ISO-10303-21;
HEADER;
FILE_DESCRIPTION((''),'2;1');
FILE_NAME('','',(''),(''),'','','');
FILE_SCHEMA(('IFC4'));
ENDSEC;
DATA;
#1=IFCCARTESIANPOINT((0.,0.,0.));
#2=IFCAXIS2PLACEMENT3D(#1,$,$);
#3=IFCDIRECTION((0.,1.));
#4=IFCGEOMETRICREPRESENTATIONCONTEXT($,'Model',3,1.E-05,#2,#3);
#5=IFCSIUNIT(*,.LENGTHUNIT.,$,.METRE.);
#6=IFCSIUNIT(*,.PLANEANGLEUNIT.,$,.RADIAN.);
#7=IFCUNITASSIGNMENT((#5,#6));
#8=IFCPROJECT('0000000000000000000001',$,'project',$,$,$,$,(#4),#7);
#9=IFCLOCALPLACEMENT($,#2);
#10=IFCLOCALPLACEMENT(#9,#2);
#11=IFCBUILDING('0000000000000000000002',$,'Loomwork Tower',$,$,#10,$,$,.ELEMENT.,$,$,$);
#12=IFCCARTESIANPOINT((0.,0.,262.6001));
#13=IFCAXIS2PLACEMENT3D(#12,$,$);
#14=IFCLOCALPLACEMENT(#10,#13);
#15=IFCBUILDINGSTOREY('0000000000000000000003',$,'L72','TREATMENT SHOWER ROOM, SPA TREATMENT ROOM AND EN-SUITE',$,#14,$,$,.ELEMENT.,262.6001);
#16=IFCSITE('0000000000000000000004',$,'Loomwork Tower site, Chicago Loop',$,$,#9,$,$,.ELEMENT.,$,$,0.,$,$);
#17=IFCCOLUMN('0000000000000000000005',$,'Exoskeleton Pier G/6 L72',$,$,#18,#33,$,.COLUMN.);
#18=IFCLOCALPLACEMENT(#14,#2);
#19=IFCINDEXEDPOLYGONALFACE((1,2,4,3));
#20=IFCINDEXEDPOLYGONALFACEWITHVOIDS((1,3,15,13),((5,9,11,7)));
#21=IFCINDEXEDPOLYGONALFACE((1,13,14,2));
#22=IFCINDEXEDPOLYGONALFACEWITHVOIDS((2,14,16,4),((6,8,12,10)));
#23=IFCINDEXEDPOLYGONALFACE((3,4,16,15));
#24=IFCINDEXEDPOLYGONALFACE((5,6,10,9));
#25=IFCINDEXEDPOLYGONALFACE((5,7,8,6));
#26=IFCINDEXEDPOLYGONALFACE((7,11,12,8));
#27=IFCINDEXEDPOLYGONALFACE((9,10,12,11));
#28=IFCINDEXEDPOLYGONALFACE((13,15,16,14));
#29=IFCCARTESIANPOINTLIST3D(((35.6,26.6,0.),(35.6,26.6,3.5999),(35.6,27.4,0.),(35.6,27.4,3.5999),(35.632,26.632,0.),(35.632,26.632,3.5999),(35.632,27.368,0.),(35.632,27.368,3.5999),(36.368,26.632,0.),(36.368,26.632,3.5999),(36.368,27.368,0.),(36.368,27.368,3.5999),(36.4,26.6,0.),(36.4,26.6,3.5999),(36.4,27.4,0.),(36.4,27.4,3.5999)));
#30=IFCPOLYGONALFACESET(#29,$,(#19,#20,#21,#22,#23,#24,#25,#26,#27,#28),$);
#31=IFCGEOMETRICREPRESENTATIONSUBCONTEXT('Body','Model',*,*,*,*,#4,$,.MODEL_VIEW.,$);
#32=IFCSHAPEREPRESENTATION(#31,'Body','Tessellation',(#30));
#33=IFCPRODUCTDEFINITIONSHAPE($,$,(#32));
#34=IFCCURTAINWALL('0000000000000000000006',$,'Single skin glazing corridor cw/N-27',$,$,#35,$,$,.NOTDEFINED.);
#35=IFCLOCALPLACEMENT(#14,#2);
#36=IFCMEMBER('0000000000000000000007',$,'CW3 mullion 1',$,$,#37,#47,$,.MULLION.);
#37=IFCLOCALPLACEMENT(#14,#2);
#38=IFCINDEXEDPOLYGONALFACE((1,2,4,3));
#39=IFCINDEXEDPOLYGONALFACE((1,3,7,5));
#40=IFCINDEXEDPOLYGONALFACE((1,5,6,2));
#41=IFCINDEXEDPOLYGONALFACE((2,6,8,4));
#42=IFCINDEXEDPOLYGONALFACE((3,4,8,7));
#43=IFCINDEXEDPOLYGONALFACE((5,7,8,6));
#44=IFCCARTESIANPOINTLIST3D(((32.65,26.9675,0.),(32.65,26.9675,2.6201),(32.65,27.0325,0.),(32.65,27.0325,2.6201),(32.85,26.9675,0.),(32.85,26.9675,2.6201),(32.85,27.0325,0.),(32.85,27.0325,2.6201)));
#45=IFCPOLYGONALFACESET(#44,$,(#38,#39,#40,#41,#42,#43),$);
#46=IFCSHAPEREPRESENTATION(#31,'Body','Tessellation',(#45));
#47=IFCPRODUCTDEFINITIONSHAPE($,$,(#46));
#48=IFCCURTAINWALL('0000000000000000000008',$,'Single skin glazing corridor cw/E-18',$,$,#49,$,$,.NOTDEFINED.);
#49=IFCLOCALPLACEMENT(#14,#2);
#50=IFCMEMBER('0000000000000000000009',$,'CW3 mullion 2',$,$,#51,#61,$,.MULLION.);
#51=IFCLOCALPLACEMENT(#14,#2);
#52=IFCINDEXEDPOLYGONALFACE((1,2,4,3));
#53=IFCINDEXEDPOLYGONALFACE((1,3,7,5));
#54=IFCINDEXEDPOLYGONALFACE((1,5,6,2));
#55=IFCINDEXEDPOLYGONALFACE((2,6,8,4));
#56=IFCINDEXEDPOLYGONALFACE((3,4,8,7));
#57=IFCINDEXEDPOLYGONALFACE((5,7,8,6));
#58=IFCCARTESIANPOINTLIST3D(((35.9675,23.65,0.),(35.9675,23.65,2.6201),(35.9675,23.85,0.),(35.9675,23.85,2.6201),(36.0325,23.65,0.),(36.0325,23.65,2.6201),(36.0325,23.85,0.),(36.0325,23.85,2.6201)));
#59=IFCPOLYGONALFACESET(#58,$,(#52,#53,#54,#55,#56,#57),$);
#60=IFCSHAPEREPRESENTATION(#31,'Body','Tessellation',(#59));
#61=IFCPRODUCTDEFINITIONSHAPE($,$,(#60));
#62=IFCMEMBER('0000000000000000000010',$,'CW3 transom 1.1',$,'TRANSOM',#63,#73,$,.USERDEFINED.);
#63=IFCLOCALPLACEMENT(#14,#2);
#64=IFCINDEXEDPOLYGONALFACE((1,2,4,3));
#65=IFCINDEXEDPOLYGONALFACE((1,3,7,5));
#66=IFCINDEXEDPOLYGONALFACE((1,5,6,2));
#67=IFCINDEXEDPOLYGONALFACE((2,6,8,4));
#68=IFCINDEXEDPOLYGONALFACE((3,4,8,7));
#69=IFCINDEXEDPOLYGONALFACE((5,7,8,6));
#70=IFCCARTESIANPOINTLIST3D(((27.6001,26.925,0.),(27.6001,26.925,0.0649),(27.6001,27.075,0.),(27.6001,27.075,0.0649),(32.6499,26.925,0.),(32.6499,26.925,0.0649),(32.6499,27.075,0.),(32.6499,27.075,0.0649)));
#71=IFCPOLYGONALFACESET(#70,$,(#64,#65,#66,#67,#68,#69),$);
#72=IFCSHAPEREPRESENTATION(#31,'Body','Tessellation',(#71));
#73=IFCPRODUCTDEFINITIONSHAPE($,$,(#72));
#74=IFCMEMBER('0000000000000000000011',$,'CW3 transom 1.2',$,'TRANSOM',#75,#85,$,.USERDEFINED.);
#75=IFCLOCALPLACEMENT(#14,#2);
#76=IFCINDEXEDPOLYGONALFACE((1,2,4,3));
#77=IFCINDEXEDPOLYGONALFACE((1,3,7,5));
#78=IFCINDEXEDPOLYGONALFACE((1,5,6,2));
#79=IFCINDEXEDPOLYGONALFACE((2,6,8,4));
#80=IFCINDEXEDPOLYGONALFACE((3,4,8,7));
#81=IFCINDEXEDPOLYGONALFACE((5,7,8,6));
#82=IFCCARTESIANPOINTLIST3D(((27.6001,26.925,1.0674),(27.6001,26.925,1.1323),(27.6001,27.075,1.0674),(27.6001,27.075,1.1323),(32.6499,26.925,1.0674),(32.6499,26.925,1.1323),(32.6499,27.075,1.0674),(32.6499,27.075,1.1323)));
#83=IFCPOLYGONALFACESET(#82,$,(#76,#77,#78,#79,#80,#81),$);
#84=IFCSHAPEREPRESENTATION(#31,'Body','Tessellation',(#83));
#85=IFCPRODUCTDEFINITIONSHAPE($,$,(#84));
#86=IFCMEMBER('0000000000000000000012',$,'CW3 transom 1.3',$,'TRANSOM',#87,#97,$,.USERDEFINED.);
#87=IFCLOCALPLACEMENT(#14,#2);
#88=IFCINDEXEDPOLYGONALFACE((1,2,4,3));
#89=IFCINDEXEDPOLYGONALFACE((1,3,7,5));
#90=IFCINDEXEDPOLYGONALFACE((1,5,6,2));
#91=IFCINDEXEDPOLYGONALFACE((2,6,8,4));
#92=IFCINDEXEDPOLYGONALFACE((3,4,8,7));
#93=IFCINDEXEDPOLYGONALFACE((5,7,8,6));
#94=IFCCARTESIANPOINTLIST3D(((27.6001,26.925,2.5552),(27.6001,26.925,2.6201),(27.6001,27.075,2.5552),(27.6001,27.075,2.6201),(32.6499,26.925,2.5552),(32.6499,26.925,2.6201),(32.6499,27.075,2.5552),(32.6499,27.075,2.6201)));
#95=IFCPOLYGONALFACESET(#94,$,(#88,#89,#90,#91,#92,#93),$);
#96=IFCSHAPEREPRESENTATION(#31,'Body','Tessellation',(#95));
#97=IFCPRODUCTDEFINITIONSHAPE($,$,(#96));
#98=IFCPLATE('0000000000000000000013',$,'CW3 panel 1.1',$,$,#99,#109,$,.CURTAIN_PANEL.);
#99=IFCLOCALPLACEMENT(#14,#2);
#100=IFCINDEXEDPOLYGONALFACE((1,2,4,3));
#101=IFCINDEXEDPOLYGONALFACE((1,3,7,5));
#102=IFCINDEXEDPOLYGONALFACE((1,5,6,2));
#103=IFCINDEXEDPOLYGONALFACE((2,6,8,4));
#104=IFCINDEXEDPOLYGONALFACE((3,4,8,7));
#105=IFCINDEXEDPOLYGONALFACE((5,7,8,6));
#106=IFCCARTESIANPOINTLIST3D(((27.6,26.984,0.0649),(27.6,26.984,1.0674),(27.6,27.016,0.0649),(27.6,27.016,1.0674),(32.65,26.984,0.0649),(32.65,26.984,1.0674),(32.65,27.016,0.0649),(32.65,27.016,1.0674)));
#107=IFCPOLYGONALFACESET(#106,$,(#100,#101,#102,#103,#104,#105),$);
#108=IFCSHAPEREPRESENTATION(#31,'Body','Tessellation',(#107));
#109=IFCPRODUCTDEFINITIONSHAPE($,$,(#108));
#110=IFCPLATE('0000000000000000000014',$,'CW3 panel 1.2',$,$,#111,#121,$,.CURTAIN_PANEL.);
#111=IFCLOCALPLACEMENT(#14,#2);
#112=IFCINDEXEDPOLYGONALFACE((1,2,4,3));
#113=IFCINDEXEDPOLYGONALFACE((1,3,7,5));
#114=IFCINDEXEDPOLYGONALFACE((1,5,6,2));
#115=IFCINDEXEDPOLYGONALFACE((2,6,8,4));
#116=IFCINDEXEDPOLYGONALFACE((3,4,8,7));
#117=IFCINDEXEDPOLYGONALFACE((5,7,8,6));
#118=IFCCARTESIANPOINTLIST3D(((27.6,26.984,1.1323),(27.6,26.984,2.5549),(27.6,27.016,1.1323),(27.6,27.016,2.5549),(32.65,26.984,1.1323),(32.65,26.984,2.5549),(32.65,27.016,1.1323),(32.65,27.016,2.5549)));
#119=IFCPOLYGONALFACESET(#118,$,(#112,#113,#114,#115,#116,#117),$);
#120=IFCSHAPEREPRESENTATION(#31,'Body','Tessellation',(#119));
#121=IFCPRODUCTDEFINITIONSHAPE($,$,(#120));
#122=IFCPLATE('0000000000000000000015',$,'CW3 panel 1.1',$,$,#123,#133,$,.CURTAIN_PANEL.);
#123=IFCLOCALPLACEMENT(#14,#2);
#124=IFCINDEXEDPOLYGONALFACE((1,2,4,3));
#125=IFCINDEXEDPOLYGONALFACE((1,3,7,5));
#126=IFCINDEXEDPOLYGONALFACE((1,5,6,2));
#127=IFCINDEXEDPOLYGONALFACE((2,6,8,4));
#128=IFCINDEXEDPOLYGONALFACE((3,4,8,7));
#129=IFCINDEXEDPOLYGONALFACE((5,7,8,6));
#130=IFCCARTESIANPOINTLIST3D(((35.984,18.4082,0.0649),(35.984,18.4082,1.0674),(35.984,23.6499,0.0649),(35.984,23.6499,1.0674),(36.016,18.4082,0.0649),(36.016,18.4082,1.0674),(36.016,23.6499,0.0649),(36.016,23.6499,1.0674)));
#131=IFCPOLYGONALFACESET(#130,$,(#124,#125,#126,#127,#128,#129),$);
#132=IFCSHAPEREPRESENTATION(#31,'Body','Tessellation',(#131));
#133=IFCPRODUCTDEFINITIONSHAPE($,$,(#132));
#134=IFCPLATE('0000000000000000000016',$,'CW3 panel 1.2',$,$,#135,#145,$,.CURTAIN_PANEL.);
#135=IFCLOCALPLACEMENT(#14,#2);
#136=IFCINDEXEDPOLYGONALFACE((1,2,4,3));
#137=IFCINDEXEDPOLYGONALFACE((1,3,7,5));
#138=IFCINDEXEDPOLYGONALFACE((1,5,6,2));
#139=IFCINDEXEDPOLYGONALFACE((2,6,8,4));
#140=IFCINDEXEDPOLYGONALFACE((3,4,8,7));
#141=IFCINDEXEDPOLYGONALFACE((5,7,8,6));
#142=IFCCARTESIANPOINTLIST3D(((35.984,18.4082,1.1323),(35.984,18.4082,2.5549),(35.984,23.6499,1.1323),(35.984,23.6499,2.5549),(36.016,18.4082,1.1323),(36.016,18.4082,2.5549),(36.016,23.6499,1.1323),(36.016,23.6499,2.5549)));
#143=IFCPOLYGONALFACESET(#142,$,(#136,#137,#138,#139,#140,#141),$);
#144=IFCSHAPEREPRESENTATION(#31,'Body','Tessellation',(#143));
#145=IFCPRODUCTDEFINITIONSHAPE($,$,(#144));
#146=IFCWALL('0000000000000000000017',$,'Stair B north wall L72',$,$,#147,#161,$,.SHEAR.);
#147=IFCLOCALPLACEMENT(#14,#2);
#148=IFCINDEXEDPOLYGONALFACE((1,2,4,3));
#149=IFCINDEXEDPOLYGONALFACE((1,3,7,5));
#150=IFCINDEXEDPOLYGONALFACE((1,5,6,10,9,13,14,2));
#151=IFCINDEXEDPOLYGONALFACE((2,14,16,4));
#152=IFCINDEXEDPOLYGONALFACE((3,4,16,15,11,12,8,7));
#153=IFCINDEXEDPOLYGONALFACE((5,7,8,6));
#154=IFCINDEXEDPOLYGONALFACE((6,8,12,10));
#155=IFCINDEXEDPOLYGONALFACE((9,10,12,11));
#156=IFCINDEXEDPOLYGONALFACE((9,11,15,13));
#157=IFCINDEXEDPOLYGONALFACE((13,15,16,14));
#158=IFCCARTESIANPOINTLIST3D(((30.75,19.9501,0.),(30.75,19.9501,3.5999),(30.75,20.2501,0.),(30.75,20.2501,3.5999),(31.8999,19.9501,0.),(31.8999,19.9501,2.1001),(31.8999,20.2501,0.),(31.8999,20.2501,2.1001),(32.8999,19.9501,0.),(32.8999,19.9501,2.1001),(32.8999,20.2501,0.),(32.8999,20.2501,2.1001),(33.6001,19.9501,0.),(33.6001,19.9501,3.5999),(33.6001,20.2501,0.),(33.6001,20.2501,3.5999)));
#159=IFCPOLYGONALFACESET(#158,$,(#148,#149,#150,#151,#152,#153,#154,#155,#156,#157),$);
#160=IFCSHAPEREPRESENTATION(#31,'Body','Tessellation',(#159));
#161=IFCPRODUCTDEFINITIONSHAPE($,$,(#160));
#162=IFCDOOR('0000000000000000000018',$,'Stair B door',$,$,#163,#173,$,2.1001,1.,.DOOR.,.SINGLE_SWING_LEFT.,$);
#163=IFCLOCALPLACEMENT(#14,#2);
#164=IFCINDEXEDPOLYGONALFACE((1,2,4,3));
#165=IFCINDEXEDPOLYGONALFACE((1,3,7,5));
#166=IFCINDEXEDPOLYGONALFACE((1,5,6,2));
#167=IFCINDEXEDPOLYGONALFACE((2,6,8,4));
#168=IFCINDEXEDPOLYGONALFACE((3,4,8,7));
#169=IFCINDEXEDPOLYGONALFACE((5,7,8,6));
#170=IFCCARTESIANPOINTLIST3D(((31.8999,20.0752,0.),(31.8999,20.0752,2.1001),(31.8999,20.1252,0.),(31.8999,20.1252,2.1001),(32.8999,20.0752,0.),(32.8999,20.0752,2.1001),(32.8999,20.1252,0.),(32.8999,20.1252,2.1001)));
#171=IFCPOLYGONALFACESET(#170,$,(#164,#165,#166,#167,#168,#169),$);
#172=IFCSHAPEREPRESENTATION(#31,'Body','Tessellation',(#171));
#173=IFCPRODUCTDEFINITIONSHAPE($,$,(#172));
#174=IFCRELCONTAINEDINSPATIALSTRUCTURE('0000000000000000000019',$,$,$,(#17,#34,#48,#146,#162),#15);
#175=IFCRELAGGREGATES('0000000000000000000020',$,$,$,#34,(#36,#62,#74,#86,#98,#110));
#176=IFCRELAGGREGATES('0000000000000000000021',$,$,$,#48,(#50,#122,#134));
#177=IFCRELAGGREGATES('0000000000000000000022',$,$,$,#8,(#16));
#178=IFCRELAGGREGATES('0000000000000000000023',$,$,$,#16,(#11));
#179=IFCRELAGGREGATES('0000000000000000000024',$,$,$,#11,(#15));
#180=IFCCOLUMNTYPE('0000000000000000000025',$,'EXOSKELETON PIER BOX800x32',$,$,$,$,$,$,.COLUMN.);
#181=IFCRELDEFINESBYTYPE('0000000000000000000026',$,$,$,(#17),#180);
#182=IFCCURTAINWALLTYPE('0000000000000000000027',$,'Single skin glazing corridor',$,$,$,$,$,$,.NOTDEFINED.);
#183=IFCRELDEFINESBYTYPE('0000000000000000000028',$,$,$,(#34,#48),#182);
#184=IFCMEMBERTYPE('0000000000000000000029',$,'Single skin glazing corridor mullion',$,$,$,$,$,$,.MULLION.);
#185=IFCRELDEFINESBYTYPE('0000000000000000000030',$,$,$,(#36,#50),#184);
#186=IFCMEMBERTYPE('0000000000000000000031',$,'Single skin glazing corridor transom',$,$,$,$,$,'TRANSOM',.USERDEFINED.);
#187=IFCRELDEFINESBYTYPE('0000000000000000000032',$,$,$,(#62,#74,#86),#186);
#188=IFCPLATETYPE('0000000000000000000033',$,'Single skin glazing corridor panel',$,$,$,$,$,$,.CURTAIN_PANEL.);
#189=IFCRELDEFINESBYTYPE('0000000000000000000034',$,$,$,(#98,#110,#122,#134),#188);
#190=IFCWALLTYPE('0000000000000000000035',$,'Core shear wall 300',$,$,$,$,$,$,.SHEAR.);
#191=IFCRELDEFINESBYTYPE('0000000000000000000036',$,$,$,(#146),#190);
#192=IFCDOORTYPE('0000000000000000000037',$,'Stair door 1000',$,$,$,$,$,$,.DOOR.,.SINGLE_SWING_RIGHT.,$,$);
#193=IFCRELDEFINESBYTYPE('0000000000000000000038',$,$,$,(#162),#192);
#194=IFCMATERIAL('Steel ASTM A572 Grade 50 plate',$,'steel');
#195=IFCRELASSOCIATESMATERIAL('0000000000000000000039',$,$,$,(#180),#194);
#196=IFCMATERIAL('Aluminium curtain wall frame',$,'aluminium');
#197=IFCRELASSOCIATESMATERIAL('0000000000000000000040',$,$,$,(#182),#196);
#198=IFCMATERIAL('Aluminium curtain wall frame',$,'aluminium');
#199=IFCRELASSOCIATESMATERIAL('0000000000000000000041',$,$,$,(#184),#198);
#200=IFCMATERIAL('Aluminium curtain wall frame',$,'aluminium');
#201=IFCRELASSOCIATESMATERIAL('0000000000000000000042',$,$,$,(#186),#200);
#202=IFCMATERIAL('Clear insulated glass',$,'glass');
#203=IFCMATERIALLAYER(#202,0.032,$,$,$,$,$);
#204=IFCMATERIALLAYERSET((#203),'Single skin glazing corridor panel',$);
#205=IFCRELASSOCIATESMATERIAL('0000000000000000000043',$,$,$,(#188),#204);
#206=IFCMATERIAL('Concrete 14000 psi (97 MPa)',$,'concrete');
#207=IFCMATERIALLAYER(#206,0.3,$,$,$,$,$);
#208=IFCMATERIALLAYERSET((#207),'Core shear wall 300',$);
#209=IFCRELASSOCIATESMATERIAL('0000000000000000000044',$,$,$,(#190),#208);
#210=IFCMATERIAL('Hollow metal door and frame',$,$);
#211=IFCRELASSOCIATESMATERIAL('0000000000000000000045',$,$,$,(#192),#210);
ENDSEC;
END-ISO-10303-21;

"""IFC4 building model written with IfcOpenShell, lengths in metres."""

from ifc_helpers import new_model, si_unit, direction, frame, frame_2d, origin, origin_2d, place, context, subcontext, project, spatial, rectangle, hollow_rectangle, extrude, material, layer, layer_set, material_profile, profile_set, type_object, element, fill, aggregate, save


model = new_model("IFC4")

# Units and contexts
model_context = context("Model", 3, precision=1e-05, world=origin(), true_north=direction((0.0, 1.0)))
body_context = subcontext(model_context, "Body", "Model", "MODEL_VIEW")
ifc_project = project(units=[si_unit("LENGTHUNIT", "METRE"), si_unit("PLANEANGLEUNIT", "RADIAN")], contexts=[model_context])

# Site, building, storey
site_placement = place(None, origin())
site = spatial("IfcSite", under=ifc_project, at=site_placement, Name="Loomwork Tower site, Chicago Loop", CompositionType="ELEMENT", RefElevation=0.0)
building_placement = place(site_placement, origin())
building = spatial("IfcBuilding", under=site, at=building_placement, Name="Loomwork Tower", CompositionType="ELEMENT")
storey_placement = place(building_placement, frame((0.0, 0.0, 262.6001)))
storey = spatial("IfcBuildingStorey", under=building, at=storey_placement, Name="L72", Description="TREATMENT SHOWER ROOM, SPA TREATMENT ROOM AND EN-SUITE", CompositionType="ELEMENT", Elevation=262.6001)

# Column
ifc_material_1 = material(Name="Steel ASTM A572 Grade 50 plate", Category="steel")
ifc_material_profile_1 = material_profile(ifc_material_1, hollow_rectangle(XDim=0.8, YDim=0.8, WallThickness=0.032, at=origin_2d()), Name="BOX800x32")
ifc_profile_set_1 = profile_set([ifc_material_profile_1], Name="Steel ASTM A572 Grade 50 plate")
column_type = type_object("IfcColumnType", Name="EXOSKELETON PIER BOX800x32", PredefinedType="COLUMN", material=ifc_profile_set_1)
column_placement = place(storey_placement, frame((36.0, 27.0, 0.0), z_axis=(0.0, 0.0, 1.0), x_axis=(1.0, 0.0, 0.0)))
element("IfcColumn", 1, at=column_placement, inside=storey, type_object=column_type, Name="Exoskeleton Pier G/6 L72", PredefinedType="COLUMN", context=body_context, shape_type="SweptSolid", body=[
    extrude(hollow_rectangle(XDim=0.8, YDim=0.8, WallThickness=0.032, at=origin_2d()), origin(), (0.0, 0.0, 1.0), 3.5999),
])

# Curtain walls, members
ifc_material_2 = material(Name="Aluminium curtain wall frame", Category="aluminium")
curtain_wall_type = type_object("IfcCurtainWallType", Name="Single skin glazing corridor", PredefinedType="NOTDEFINED", material=ifc_material_2)
curtain_wall_1_placement = place(storey_placement, origin())
curtain_wall_1 = element("IfcCurtainWall", 2, at=curtain_wall_1_placement, inside=storey, type_object=curtain_wall_type, Name="Single skin glazing corridor cw/N-27", PredefinedType="NOTDEFINED")
ifc_material_3 = material(Name="Aluminium curtain wall frame", Category="aluminium")
ifc_material_profile_2 = material_profile(ifc_material_3, rectangle(XDim=0.0649, YDim=0.2, at=origin_2d()), Name="AL 65x200")
ifc_profile_set_2 = profile_set([ifc_material_profile_2], Name="Aluminium curtain wall frame")
member_type_1 = type_object("IfcMemberType", Name="Single skin glazing corridor mullion", PredefinedType="MULLION", material=ifc_profile_set_2)
member_1_placement = place(storey_placement, frame((32.75, 27.0, 0.0), z_axis=(0.0, 0.0, 1.0), x_axis=(0.0, -1.0, 0.0)))
member_1 = element("IfcMember", 3, at=member_1_placement, type_object=member_type_1, Name="CW3 mullion 1", PredefinedType="MULLION", context=body_context, shape_type="SweptSolid", body=[
    extrude(rectangle(XDim=0.0649, YDim=0.2, at=origin_2d()), origin(), (0.0, 0.0, 1.0), 2.6201),
])
curtain_wall_2_placement = place(storey_placement, origin())
curtain_wall_2 = element("IfcCurtainWall", 4, at=curtain_wall_2_placement, inside=storey, type_object=curtain_wall_type, Name="Single skin glazing corridor cw/E-18", PredefinedType="NOTDEFINED")
member_2_placement = place(storey_placement, frame((36.0, 23.75, 0.0), z_axis=(0.0, 0.0, 1.0), x_axis=(-1.0, 0.0, 0.0)))
member_2 = element("IfcMember", 5, at=member_2_placement, type_object=member_type_1, Name="CW3 mullion 2", PredefinedType="MULLION", context=body_context, shape_type="SweptSolid", body=[
    extrude(rectangle(XDim=0.0649, YDim=0.2, at=origin_2d()), origin(), (0.0, 0.0, 1.0), 2.6201),
])

# Members
ifc_material_4 = material(Name="Aluminium curtain wall frame", Category="aluminium")
ifc_material_profile_3 = material_profile(ifc_material_4, rectangle(XDim=0.1499, YDim=0.0649, at=origin_2d()), Name="AL 65x150")
ifc_profile_set_3 = profile_set([ifc_material_profile_3], Name="Aluminium curtain wall frame")
member_type_2 = type_object("IfcMemberType", Name="Single skin glazing corridor transom", ElementType="TRANSOM", PredefinedType="USERDEFINED", material=ifc_profile_set_3)
member_3_placement = place(storey_placement, frame((32.6499, 27.0, 0.0325), z_axis=(-1.0, 0.0, 0.0), x_axis=(0.0, -1.0, 0.0)))
member_3 = element("IfcMember", 6, at=member_3_placement, type_object=member_type_2, Name="CW3 transom 1.1", ObjectType="TRANSOM", PredefinedType="USERDEFINED", context=body_context, shape_type="SweptSolid", body=[
    extrude(rectangle(XDim=0.1499, YDim=0.0649, at=origin_2d()), origin(), (0.0, 0.0, 1.0), 5.0498),
])
member_4_placement = place(storey_placement, frame((32.6499, 27.0, 1.0999), z_axis=(-1.0, 0.0, 0.0), x_axis=(0.0, -1.0, 0.0)))
member_4 = element("IfcMember", 7, at=member_4_placement, type_object=member_type_2, Name="CW3 transom 1.2", ObjectType="TRANSOM", PredefinedType="USERDEFINED", context=body_context, shape_type="SweptSolid", body=[
    extrude(rectangle(XDim=0.1499, YDim=0.0649, at=origin_2d()), origin(), (0.0, 0.0, 1.0), 5.0498),
])
member_5_placement = place(storey_placement, frame((32.6499, 27.0, 2.5876), z_axis=(-1.0, 0.0, 0.0), x_axis=(0.0, -1.0, 0.0)))
member_5 = element("IfcMember", 8, at=member_5_placement, type_object=member_type_2, Name="CW3 transom 1.3", ObjectType="TRANSOM", PredefinedType="USERDEFINED", context=body_context, shape_type="SweptSolid", body=[
    extrude(rectangle(XDim=0.1499, YDim=0.0649, at=origin_2d()), origin(), (0.0, 0.0, 1.0), 5.0498),
])

# Plates
ifc_material_5 = material(Name="Clear insulated glass", Category="glass")
ifc_layer_1 = layer(ifc_material_5, 0.032)
ifc_layer_set_1 = layer_set([ifc_layer_1], Name="Single skin glazing corridor panel")
plate_type = type_object("IfcPlateType", Name="Single skin glazing corridor panel", PredefinedType="CURTAIN_PANEL", material=ifc_layer_set_1)
plate_1_placement = place(storey_placement, frame((30.125, 27.0, 0.0649), z_axis=(0.0, 0.0, 1.0), x_axis=(-1.0, 0.0, 0.0)))
plate_1 = element("IfcPlate", 9, at=plate_1_placement, type_object=plate_type, Name="CW3 panel 1.1", PredefinedType="CURTAIN_PANEL", context=body_context, shape_type="SweptSolid", body=[
    extrude(rectangle(XDim=5.05, YDim=0.032, at=origin_2d()), origin(), (0.0, 0.0, 1.0), 1.0024),
])
plate_2_placement = place(storey_placement, frame((30.125, 27.0, 1.1323), z_axis=(0.0, 0.0, 1.0), x_axis=(-1.0, 0.0, 0.0)))
plate_2 = element("IfcPlate", 10, at=plate_2_placement, type_object=plate_type, Name="CW3 panel 1.2", PredefinedType="CURTAIN_PANEL", context=body_context, shape_type="SweptSolid", body=[
    extrude(rectangle(XDim=5.05, YDim=0.032, at=origin_2d()), origin(), (0.0, 0.0, 1.0), 1.4226),
])
aggregate(curtain_wall_1, [member_1, member_3, member_4, member_5, plate_1, plate_2])
plate_3_placement = place(storey_placement, frame((36.0, 21.0291, 0.0649), z_axis=(0.0, 0.0, 1.0), x_axis=(0.0, 1.0, 0.0)))
plate_3 = element("IfcPlate", 11, at=plate_3_placement, type_object=plate_type, Name="CW3 panel 1.1", PredefinedType="CURTAIN_PANEL", context=body_context, shape_type="SweptSolid", body=[
    extrude(rectangle(XDim=5.2417, YDim=0.032, at=origin_2d()), origin(), (0.0, 0.0, 1.0), 1.0024),
])
plate_4_placement = place(storey_placement, frame((36.0, 21.0291, 1.1323), z_axis=(0.0, 0.0, 1.0), x_axis=(0.0, 1.0, 0.0)))
plate_4 = element("IfcPlate", 12, at=plate_4_placement, type_object=plate_type, Name="CW3 panel 1.2", PredefinedType="CURTAIN_PANEL", context=body_context, shape_type="SweptSolid", body=[
    extrude(rectangle(XDim=5.2417, YDim=0.032, at=origin_2d()), origin(), (0.0, 0.0, 1.0), 1.4226),
])
aggregate(curtain_wall_2, [member_2, plate_3, plate_4])

# Wall, opening, door
ifc_material_6 = material(Name="Concrete 14000 psi (97 MPa)", Category="concrete")
ifc_layer_2 = layer(ifc_material_6, 0.3)
ifc_layer_set_2 = layer_set([ifc_layer_2], Name="Core shear wall 300")
wall_type_1 = type_object("IfcWallType", Name="Core shear wall 300", PredefinedType="SHEAR", material=ifc_layer_set_2)
wall_1_placement = place(storey_placement, frame((30.75, 20.1001, 0.0), z_axis=(0.0, 0.0, 1.0), x_axis=(1.0, 0.0, 0.0)))
wall_1 = element("IfcWall", 13, at=wall_1_placement, inside=storey, type_object=wall_type_1, Name="Stair B north wall L72", PredefinedType="SHEAR", context=body_context, shape_type="SweptSolid", body=[
    extrude(rectangle(XDim=2.8501, YDim=0.3, at=frame_2d((1.425, 0.0))), origin(), (0.0, 0.0, 1.0), 3.5999),
])
opening_1_placement = place(wall_1_placement, frame((1.1499, 0.0, 0.0)))
opening_1 = element("IfcOpeningElement", 14, at=opening_1_placement, cuts=wall_1, PredefinedType="OPENING", context=body_context, shape_type="SweptSolid", body=[
    extrude(rectangle(XDim=1.0, YDim=2.1001, at=frame_2d((0.5, 1.05))), frame((0.0, 0.1599, 0.0), z_axis=(0.0, -1.0, 0.0), x_axis=(1.0, 0.0, 0.0)), (0.0, 0.0, 1.0), 0.3201),
])
ifc_material_7 = material(Name="Hollow metal door and frame")
door_type = type_object("IfcDoorType", Name="Stair door 1000", OperationType="SINGLE_SWING_RIGHT", PredefinedType="DOOR", material=ifc_material_7)
door_placement = place(opening_1_placement, frame((1.0, 0.0, 0.0), z_axis=(0.0, 0.0, 1.0), x_axis=(-1.0, 0.0, 0.0)))
door = element("IfcDoor", 15, at=door_placement, inside=storey, type_object=door_type, Name="Stair B door", OperationType="SINGLE_SWING_LEFT", OverallHeight=2.1001, OverallWidth=1.0, PredefinedType="DOOR", context=body_context, shape_type="SweptSolid", body=[
    extrude(rectangle(XDim=1.0, YDim=2.1001, at=frame_2d((0.5, 1.05))), frame((0.0, 0.0249, 0.0), z_axis=(0.0, -1.0, 0.0), x_axis=(1.0, 0.0, 0.0)), (0.0, 0.0, 1.0), 0.05),
])
fill(opening_1, door)

save(model, "model.ifc")
